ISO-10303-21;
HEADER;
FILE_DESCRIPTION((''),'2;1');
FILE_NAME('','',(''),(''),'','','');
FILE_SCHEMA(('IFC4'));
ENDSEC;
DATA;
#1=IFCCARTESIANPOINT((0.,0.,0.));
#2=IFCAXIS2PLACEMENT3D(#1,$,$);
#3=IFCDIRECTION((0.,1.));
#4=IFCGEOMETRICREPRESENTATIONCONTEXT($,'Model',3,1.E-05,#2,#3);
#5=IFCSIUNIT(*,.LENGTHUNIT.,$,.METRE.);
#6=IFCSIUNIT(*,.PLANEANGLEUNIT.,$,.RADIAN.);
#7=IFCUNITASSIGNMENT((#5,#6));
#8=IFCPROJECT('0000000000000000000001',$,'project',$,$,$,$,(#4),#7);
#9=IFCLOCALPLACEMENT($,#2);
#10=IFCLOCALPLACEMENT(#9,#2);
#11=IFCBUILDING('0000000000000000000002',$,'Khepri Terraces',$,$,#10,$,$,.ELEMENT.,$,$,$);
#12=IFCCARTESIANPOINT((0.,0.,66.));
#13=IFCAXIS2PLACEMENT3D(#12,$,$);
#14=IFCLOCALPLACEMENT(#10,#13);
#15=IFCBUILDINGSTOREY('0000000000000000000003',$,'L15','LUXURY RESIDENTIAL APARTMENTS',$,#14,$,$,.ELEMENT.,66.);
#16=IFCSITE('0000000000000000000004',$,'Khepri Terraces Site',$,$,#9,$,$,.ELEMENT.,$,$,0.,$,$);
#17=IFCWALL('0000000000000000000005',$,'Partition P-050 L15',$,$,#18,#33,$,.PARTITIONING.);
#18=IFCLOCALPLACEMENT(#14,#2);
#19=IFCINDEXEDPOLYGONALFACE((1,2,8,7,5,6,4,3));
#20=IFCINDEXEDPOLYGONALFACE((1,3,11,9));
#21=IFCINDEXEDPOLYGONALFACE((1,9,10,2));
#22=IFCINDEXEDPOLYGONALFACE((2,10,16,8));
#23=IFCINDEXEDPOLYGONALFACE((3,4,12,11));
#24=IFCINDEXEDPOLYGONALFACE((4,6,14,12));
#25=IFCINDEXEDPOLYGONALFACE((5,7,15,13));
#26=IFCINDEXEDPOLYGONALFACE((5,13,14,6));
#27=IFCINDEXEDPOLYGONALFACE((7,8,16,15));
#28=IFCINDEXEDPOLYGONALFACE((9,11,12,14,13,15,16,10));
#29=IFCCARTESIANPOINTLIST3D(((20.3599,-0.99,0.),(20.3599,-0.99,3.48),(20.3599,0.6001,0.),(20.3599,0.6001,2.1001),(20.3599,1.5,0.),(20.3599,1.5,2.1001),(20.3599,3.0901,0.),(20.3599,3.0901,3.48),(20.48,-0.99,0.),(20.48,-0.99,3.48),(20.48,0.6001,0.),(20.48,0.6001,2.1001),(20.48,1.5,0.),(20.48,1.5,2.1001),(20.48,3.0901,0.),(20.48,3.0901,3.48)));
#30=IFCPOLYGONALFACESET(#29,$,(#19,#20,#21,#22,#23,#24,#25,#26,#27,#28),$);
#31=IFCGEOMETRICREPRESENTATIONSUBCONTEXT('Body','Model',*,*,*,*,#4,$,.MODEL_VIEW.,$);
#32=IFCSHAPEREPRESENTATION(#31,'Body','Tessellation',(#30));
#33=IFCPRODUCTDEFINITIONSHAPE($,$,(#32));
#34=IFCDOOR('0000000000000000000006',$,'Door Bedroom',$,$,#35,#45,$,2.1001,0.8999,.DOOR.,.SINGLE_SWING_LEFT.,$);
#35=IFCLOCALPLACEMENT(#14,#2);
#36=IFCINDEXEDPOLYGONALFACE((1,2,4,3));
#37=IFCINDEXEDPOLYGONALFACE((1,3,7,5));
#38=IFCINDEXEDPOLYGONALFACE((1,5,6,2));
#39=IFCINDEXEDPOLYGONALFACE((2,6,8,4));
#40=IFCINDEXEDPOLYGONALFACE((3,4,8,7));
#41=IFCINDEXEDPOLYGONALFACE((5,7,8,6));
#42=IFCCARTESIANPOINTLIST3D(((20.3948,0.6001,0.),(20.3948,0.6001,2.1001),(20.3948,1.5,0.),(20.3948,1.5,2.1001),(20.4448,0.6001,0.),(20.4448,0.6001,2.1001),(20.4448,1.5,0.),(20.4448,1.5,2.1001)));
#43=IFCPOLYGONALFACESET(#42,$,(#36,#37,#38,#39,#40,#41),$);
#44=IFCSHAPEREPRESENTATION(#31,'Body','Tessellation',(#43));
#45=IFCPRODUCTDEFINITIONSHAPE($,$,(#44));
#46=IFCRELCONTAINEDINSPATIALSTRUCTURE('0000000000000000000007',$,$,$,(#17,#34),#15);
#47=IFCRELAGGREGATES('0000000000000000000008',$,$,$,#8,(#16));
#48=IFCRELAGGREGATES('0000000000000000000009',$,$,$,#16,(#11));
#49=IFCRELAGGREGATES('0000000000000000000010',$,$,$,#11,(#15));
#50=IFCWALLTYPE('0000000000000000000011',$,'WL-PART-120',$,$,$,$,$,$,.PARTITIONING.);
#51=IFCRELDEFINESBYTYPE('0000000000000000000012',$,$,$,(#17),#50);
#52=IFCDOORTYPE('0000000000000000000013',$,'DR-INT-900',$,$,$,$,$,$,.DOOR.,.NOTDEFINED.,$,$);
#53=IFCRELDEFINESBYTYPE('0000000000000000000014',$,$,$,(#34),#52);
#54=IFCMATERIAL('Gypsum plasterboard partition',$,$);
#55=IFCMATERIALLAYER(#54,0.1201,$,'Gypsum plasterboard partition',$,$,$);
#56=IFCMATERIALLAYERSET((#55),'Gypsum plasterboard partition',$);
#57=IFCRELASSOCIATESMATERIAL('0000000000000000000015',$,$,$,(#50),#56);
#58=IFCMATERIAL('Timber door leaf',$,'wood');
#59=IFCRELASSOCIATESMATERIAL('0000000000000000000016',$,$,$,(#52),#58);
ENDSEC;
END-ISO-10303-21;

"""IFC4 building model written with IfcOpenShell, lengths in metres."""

from ifc_helpers import new_model, si_unit, direction, frame, frame_2d, origin, place, context, subcontext, project, spatial, rectangle, extrude, material, layer, layer_set, type_object, element, fill, save


model = new_model("IFC4")

# Units and contexts
model_context = context("Model", 3, precision=1e-05, world=origin(), true_north=direction((0.0, 1.0)))
body_context = subcontext(model_context, "Body", "Model", "MODEL_VIEW")
ifc_project = project(units=[si_unit("LENGTHUNIT", "METRE"), si_unit("PLANEANGLEUNIT", "RADIAN")], contexts=[model_context])

# Site, building, storey
site_placement = place(None, origin())
site = spatial("IfcSite", under=ifc_project, at=site_placement, Name="Khepri Terraces Site", CompositionType="ELEMENT", RefElevation=0.0)
building_placement = place(site_placement, origin())
building = spatial("IfcBuilding", under=site, at=building_placement, Name="Khepri Terraces", CompositionType="ELEMENT")
storey_placement = place(building_placement, frame((0.0, 0.0, 66.0)))
storey = spatial("IfcBuildingStorey", under=building, at=storey_placement, Name="L15", Description="LUXURY RESIDENTIAL APARTMENTS", CompositionType="ELEMENT", Elevation=66.0)

# Shared definitions
ifc_material_1 = material(Name="Gypsum plasterboard partition")
ifc_layer_1 = layer(ifc_material_1, 0.1201, Name="Gypsum plasterboard partition")
ifc_layer_set_1 = layer_set([ifc_layer_1], Name="Gypsum plasterboard partition")
wall_type_1 = type_object("IfcWallType", Name="WL-PART-120", PredefinedType="PARTITIONING", material=ifc_layer_set_1)

# Shared definitions
ifc_material_2 = material(Name="Timber door leaf", Category="wood")
door_type_1 = type_object("IfcDoorType", Name="DR-INT-900", OperationType="NOTDEFINED", PredefinedType="DOOR", material=ifc_material_2)

# Wall, opening, door
wall_1_placement = place(storey_placement, frame((20.4199, -0.99, 0.0), z_axis=(0.0, 0.0, 1.0), x_axis=(0.0, 1.0, 0.0)))
wall_1 = element("IfcWall", 1, at=wall_1_placement, inside=storey, type_object=wall_type_1, Name="Partition P-050 L15", PredefinedType="PARTITIONING", context=body_context, shape_type="SweptSolid", body=[
    extrude(rectangle(XDim=4.0801, YDim=0.1201, at=frame_2d((2.04, 0.0))), origin(), (0.0, 0.0, 1.0), 3.48),
])
opening_1_placement = place(wall_1_placement, frame((1.5901, 0.0, 0.0)))
opening_1 = element("IfcOpeningElement", 2, at=opening_1_placement, cuts=wall_1, PredefinedType="OPENING", context=body_context, shape_type="SweptSolid", body=[
    extrude(rectangle(XDim=0.8999, YDim=2.1001, at=frame_2d((0.45, 1.05))), frame((0.0, 0.0701, 0.0), z_axis=(0.0, -1.0, 0.0), x_axis=(1.0, 0.0, 0.0)), (0.0, 0.0, 1.0), 0.1401),
])
door_1_placement = place(opening_1_placement, frame((0.8999, 0.0, 0.0), z_axis=(0.0, 0.0, 1.0), x_axis=(-1.0, 0.0, 0.0)))
door_1 = element("IfcDoor", 3, at=door_1_placement, inside=storey, type_object=door_type_1, Name="Door Bedroom", OperationType="SINGLE_SWING_LEFT", OverallHeight=2.1001, OverallWidth=0.8999, PredefinedType="DOOR", context=body_context, shape_type="SweptSolid", body=[
    extrude(rectangle(XDim=0.8999, YDim=2.1001, at=frame_2d((0.45, 1.05))), frame((0.0, 0.0249, 0.0), z_axis=(0.0, -1.0, 0.0), x_axis=(1.0, 0.0, 0.0)), (0.0, 0.0, 1.0), 0.05),
])
fill(opening_1, door_1)

save(model, "model.ifc")
